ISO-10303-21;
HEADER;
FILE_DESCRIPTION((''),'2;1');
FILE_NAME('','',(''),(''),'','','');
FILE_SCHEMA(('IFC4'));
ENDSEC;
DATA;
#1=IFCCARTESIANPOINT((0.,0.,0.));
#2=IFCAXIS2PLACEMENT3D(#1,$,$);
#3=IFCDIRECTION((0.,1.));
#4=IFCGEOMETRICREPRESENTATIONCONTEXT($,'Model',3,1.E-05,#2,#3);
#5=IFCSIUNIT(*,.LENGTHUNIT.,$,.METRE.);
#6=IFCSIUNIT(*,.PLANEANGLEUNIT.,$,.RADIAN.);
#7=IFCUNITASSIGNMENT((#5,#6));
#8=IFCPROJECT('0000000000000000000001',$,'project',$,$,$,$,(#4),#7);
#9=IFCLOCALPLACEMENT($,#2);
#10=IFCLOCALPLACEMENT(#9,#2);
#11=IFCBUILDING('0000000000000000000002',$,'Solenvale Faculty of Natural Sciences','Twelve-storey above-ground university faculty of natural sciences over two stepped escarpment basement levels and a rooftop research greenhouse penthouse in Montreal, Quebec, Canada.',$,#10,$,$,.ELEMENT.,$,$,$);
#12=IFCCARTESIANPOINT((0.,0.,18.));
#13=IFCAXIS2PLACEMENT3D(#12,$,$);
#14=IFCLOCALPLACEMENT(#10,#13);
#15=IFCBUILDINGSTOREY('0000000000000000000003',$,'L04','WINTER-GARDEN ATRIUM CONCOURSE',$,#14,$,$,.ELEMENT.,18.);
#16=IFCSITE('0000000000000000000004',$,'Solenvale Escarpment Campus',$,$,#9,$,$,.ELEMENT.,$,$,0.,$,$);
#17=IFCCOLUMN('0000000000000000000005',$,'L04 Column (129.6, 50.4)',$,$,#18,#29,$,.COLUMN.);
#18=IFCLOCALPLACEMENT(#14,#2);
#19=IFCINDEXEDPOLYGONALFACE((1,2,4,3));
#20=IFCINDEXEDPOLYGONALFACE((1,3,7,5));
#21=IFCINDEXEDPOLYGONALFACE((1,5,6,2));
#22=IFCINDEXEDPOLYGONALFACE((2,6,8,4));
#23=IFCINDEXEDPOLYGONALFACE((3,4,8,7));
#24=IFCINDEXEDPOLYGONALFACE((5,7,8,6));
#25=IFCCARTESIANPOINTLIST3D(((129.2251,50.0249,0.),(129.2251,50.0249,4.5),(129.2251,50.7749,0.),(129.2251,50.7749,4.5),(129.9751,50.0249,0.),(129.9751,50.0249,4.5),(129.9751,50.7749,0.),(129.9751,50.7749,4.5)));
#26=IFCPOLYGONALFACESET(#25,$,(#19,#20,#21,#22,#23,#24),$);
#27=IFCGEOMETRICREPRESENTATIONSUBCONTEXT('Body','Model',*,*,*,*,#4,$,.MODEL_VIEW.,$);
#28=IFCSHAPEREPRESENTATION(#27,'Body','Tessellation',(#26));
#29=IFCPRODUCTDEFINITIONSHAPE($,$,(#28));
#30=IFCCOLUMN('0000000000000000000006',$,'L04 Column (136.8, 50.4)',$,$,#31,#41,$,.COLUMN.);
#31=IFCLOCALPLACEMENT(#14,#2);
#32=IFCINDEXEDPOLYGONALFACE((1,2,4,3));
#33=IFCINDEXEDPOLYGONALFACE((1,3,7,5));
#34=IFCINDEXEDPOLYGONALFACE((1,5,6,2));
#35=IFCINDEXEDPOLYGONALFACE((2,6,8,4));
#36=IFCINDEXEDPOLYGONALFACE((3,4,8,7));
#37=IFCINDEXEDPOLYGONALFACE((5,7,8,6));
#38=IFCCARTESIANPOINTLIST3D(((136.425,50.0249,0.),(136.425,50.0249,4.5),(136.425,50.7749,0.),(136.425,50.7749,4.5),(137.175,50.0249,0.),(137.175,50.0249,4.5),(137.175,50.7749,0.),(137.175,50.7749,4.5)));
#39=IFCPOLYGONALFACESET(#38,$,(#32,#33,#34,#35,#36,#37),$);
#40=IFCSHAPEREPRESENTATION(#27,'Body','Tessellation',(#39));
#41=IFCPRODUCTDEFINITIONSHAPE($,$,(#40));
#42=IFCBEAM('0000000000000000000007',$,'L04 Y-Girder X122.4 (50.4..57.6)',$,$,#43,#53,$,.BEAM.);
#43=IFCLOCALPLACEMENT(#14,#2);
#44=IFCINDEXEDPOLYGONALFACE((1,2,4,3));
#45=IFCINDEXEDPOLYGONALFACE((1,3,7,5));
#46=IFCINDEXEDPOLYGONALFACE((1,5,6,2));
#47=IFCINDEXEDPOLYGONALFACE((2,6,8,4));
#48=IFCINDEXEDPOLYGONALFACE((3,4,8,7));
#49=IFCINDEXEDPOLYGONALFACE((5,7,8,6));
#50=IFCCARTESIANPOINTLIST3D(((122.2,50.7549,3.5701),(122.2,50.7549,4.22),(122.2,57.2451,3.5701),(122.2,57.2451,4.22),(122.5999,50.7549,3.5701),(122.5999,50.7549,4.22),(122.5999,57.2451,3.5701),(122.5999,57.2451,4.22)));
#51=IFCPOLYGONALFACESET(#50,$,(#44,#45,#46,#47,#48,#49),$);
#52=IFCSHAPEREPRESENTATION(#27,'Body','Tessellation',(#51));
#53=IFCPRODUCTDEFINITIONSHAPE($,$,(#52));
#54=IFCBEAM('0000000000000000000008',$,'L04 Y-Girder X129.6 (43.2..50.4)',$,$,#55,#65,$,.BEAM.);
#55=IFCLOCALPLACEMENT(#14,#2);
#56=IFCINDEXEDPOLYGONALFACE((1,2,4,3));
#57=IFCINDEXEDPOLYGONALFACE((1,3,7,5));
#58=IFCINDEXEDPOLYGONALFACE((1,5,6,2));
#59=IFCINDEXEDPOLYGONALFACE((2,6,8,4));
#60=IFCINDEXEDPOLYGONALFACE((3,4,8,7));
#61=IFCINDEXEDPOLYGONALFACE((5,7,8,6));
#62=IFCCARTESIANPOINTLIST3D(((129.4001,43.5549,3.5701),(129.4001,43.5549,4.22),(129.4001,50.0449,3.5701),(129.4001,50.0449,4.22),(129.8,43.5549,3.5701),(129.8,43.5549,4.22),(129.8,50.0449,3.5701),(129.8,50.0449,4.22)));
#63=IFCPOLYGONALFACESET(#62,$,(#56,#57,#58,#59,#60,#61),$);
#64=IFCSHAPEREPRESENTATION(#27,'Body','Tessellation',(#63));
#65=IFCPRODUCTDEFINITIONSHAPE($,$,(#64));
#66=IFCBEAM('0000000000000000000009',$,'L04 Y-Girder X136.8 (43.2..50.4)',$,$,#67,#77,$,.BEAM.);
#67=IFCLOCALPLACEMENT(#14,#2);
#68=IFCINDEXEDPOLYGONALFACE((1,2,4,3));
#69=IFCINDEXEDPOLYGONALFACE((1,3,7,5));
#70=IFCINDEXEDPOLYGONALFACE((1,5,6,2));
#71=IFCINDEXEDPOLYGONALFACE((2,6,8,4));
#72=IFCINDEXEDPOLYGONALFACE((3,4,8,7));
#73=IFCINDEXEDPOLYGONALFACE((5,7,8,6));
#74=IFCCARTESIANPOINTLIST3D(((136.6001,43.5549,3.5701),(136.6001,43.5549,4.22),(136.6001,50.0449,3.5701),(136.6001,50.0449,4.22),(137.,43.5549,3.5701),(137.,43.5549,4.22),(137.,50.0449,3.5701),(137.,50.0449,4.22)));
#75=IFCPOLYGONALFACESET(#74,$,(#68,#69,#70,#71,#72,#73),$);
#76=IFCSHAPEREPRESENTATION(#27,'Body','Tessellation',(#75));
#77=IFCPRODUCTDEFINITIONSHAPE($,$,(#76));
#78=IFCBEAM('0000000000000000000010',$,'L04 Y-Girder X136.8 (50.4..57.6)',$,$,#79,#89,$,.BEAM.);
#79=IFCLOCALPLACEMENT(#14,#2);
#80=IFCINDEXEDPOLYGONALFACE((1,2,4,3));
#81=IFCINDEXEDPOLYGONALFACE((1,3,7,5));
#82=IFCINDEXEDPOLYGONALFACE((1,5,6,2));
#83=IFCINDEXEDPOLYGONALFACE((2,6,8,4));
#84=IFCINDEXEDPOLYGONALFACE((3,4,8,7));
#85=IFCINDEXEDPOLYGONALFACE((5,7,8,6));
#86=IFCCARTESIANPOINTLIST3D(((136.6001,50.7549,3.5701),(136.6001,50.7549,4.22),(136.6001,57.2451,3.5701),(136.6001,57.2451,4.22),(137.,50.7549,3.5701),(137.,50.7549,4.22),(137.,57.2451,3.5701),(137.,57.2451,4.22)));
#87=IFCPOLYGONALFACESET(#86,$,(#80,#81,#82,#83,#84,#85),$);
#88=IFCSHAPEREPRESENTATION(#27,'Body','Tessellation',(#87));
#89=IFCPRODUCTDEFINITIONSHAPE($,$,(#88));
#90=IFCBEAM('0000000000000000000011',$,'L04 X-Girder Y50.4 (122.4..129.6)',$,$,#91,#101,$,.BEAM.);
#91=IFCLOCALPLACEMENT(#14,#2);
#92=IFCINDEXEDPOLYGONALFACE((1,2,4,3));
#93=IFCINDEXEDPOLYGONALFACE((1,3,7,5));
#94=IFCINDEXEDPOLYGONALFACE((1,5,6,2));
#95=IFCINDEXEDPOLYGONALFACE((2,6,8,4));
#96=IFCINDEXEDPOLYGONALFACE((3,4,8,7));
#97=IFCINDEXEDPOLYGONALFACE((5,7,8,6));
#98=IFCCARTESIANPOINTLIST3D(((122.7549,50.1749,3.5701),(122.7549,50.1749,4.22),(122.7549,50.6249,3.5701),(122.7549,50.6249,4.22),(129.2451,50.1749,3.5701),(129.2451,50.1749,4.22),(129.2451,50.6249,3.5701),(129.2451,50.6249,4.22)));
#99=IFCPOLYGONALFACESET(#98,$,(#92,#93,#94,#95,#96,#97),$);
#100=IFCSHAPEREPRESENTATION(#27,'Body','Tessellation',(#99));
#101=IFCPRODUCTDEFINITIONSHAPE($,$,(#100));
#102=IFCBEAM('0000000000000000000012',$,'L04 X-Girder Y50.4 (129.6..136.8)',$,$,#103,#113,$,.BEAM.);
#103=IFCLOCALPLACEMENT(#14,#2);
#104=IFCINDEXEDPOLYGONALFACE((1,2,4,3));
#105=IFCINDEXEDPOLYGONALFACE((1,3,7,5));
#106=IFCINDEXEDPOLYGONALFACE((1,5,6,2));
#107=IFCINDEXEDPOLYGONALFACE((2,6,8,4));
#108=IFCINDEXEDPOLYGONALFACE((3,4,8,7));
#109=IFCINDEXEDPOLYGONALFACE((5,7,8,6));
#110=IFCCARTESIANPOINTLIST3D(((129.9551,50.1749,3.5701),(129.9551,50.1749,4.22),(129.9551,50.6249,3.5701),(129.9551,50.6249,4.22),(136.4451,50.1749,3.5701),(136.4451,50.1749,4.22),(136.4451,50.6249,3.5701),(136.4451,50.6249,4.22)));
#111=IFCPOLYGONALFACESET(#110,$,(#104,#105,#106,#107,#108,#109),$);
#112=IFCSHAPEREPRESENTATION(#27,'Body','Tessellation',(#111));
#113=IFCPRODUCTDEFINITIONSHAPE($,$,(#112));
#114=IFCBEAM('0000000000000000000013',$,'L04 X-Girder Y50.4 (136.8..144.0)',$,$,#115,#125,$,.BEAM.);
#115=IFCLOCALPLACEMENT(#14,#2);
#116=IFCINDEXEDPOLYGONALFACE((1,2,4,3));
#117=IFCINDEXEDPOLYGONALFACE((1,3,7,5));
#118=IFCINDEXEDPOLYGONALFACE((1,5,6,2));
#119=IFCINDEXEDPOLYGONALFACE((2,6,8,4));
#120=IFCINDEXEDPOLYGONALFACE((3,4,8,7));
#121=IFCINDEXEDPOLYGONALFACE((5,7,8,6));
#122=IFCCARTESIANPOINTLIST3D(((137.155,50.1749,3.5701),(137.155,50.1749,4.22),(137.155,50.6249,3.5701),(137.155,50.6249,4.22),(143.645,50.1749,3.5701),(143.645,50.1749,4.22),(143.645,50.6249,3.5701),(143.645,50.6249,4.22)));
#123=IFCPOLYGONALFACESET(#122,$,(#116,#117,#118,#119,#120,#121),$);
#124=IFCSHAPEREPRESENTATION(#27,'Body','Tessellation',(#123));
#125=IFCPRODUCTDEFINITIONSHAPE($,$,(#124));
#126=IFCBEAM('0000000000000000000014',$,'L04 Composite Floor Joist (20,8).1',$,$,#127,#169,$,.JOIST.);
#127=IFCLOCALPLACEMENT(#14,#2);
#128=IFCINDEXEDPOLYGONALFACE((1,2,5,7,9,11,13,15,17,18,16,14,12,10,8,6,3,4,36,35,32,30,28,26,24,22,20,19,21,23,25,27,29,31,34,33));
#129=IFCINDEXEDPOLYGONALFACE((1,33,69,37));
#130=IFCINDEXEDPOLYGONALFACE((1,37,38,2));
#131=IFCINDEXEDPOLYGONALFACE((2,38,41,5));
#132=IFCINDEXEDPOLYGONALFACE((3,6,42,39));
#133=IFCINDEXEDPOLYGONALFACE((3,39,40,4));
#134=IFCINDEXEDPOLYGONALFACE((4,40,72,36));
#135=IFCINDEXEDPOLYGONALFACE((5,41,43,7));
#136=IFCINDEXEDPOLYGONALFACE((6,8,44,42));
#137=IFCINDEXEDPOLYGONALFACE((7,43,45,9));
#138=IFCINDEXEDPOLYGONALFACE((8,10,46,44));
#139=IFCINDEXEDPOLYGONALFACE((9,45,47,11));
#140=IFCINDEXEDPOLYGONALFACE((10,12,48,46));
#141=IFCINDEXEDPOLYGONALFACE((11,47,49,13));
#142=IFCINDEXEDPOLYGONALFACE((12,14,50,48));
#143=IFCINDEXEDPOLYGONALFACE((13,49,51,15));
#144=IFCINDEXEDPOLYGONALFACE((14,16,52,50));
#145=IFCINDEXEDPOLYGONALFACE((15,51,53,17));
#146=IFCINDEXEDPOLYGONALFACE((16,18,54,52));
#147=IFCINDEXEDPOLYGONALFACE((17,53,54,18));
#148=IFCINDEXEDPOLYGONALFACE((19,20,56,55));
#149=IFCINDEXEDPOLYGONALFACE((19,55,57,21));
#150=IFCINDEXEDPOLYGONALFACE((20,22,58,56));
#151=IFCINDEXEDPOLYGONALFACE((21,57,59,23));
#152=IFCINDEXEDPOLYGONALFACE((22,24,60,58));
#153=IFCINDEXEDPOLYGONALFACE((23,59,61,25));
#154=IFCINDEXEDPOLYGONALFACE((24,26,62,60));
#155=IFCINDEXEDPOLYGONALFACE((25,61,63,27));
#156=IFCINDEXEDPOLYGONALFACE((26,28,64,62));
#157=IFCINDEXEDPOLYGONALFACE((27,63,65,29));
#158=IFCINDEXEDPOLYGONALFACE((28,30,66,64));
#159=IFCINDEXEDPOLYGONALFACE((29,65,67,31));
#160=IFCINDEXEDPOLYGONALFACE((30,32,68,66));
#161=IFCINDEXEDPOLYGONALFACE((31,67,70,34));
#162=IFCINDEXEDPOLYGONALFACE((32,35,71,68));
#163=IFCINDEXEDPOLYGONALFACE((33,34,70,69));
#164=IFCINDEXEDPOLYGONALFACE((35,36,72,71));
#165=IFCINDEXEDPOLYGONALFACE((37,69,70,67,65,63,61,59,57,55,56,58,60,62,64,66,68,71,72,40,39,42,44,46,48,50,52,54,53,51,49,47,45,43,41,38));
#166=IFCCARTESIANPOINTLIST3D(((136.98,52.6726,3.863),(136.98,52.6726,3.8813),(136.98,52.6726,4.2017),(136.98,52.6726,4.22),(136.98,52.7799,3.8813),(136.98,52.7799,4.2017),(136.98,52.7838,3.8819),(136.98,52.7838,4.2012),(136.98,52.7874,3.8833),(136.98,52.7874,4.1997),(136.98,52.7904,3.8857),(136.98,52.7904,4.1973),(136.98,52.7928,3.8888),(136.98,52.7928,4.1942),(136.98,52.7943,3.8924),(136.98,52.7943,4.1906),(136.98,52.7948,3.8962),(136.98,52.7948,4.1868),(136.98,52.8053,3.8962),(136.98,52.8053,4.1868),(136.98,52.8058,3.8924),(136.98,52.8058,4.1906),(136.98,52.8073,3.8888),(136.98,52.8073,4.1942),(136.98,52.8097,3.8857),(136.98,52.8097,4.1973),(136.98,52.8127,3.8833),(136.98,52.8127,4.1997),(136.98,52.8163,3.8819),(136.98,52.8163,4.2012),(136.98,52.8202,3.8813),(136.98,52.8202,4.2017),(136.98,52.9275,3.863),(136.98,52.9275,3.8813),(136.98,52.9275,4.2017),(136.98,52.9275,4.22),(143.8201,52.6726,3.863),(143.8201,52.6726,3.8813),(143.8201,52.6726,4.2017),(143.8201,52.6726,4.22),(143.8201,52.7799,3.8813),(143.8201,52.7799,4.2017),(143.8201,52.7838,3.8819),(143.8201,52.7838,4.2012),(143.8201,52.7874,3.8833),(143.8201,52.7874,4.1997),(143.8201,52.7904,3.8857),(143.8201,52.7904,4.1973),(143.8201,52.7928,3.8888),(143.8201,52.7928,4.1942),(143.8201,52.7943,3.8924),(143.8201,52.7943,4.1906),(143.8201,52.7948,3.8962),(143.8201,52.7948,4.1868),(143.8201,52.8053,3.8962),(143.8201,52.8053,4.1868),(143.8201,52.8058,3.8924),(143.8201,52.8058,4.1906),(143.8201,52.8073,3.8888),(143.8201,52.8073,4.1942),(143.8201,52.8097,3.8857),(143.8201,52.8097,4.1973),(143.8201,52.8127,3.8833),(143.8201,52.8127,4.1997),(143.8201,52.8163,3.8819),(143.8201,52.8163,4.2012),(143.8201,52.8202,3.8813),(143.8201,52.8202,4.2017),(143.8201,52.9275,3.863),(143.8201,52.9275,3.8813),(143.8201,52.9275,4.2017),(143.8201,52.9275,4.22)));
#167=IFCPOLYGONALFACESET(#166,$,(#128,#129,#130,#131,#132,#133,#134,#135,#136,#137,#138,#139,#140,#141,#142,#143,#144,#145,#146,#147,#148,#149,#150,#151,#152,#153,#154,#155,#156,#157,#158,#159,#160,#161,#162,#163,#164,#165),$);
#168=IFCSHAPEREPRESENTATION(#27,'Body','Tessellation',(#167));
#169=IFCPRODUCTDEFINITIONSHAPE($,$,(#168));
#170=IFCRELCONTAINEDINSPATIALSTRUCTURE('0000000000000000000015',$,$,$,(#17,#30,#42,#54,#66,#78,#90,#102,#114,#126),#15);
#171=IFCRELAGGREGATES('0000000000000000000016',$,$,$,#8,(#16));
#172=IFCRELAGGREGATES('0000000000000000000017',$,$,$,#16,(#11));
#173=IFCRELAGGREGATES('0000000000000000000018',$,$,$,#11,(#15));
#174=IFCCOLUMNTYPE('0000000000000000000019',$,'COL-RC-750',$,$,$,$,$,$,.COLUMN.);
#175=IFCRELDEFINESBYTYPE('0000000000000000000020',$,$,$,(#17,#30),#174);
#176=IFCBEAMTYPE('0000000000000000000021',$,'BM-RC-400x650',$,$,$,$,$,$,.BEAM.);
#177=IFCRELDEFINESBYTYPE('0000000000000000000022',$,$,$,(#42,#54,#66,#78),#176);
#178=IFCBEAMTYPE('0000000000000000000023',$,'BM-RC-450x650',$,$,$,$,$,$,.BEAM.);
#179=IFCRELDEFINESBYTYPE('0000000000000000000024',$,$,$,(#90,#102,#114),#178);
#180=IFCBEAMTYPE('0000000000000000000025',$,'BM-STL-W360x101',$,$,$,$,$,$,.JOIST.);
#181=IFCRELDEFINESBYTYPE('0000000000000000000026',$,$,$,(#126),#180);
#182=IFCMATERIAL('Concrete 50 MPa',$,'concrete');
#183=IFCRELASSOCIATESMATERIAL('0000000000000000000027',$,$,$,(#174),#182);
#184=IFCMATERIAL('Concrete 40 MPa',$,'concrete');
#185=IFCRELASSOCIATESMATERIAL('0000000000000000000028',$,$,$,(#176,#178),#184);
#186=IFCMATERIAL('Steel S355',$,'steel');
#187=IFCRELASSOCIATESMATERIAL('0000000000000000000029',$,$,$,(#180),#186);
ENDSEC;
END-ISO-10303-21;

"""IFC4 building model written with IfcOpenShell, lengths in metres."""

from ifc_helpers import new_model, si_unit, direction, frame, origin, origin_2d, place, context, subcontext, project, spatial, rectangle, i_section, extrude, material, material_profile, profile_set, type_object, element, save


model = new_model("IFC4")

# Units and contexts
model_context = context("Model", 3, precision=1e-05, world=origin(), true_north=direction((0.0, 1.0)))
body_context = subcontext(model_context, "Body", "Model", "MODEL_VIEW")
ifc_project = project(units=[si_unit("LENGTHUNIT", "METRE"), si_unit("PLANEANGLEUNIT", "RADIAN")], contexts=[model_context])

# Site, building, storey
site_placement = place(None, origin())
site = spatial("IfcSite", under=ifc_project, at=site_placement, Name="Solenvale Escarpment Campus", CompositionType="ELEMENT", RefElevation=0.0)
building_placement = place(site_placement, origin())
building = spatial("IfcBuilding", under=site, at=building_placement, Name="Solenvale Faculty of Natural Sciences", Description="Twelve-storey above-ground university faculty of natural sciences over two stepped escarpment basement levels and a rooftop research greenhouse penthouse in Montreal, Quebec, Canada.", CompositionType="ELEMENT")
storey_placement = place(building_placement, frame((0.0, 0.0, 18.0)))
storey = spatial("IfcBuildingStorey", under=building, at=storey_placement, Name="L04", Description="WINTER-GARDEN ATRIUM CONCOURSE", CompositionType="ELEMENT", Elevation=18.0)

# Columns
ifc_material_1 = material(Name="Concrete 50 MPa", Category="concrete")
ifc_material_profile_1 = material_profile(ifc_material_1, rectangle(XDim=0.75, YDim=0.75, at=origin_2d()), Name="RC-COL-750x750")
ifc_profile_set_1 = profile_set([ifc_material_profile_1], Name="Concrete 50 MPa")
column_type = type_object("IfcColumnType", Name="COL-RC-750", PredefinedType="COLUMN", material=ifc_profile_set_1)
for number, where, z_axis, x_axis, name in (
    (1, (129.6001, 50.3999, 0.0), (0.0, 0.0, 1.0), (1.0, 0.0, 0.0), "L04 Column (129.6, 50.4)"),
    (2, (136.8, 50.3999, 0.0), (0.0, 0.0, 1.0), (1.0, 0.0, 0.0), "L04 Column (136.8, 50.4)"),
):
    element("IfcColumn", number, at=place(storey_placement, frame(where, z_axis=z_axis, x_axis=x_axis)), inside=storey, type_object=column_type, Name=name, PredefinedType="COLUMN", context=body_context, shape_type="SweptSolid", body=[
        extrude(rectangle(XDim=0.75, YDim=0.75, at=origin_2d()), origin(), (0.0, 0.0, 1.0), 4.5),
    ])

# Beams
ifc_material_2 = material(Name="Concrete 40 MPa", Category="concrete")
ifc_material_profile_2 = material_profile(ifc_material_2, rectangle(XDim=0.3999, YDim=0.6499, at=origin_2d()), Name="RC-BM-400x650")
ifc_profile_set_2 = profile_set([ifc_material_profile_2], Name="Concrete 40 MPa")
beam_type_1 = type_object("IfcBeamType", Name="BM-RC-400x650", PredefinedType="BEAM", material=ifc_profile_set_2)
beam_1_placement = place(storey_placement, frame((122.3999, 50.7549, 3.895), z_axis=(0.0, 1.0, 0.0), x_axis=(-1.0, 0.0, 0.0)))
element("IfcBeam", 3, at=beam_1_placement, inside=storey, type_object=beam_type_1, Name="L04 Y-Girder X122.4 (50.4..57.6)", PredefinedType="BEAM", context=body_context, shape_type="SweptSolid", body=[
    extrude(rectangle(XDim=0.3999, YDim=0.6499, at=origin_2d()), origin(), (0.0, 0.0, 1.0), 6.4902),
])
for number, where, z_axis, x_axis, name in (
    (4, (129.6001, 43.5549, 3.895), (0.0, 1.0, 0.0), (-1.0, 0.0, 0.0), "L04 Y-Girder X129.6 (43.2..50.4)"),
    (5, (136.8, 43.5549, 3.895), (0.0, 1.0, 0.0), (-1.0, 0.0, 0.0), "L04 Y-Girder X136.8 (43.2..50.4)"),
):
    element("IfcBeam", number, at=place(storey_placement, frame(where, z_axis=z_axis, x_axis=x_axis)), inside=storey, type_object=beam_type_1, Name=name, PredefinedType="BEAM", context=body_context, shape_type="SweptSolid", body=[
        extrude(rectangle(XDim=0.3999, YDim=0.6499, at=origin_2d()), origin(), (0.0, 0.0, 1.0), 6.49),
    ])
beam_2_placement = place(storey_placement, frame((136.8, 50.7549, 3.895), z_axis=(0.0, 1.0, 0.0), x_axis=(-1.0, 0.0, 0.0)))
element("IfcBeam", 6, at=beam_2_placement, inside=storey, type_object=beam_type_1, Name="L04 Y-Girder X136.8 (50.4..57.6)", PredefinedType="BEAM", context=body_context, shape_type="SweptSolid", body=[
    extrude(rectangle(XDim=0.3999, YDim=0.6499, at=origin_2d()), origin(), (0.0, 0.0, 1.0), 6.4902),
])
ifc_material_profile_3 = material_profile(ifc_material_2, rectangle(XDim=0.45, YDim=0.6499, at=origin_2d()), Name="RC-BM-450x650")
ifc_profile_set_3 = profile_set([ifc_material_profile_3], Name="Concrete 40 MPa")
beam_type_2 = type_object("IfcBeamType", Name="BM-RC-450x650", PredefinedType="BEAM", material=ifc_profile_set_3)
beam_3_placement = place(storey_placement, frame((122.7549, 50.3999, 3.895), z_axis=(1.0, 0.0, 0.0), x_axis=(0.0, 1.0, 0.0)))
element("IfcBeam", 7, at=beam_3_placement, inside=storey, type_object=beam_type_2, Name="L04 X-Girder Y50.4 (122.4..129.6)", PredefinedType="BEAM", context=body_context, shape_type="SweptSolid", body=[
    extrude(rectangle(XDim=0.45, YDim=0.6499, at=origin_2d()), origin(), (0.0, 0.0, 1.0), 6.4902),
])
for number, where, z_axis, x_axis, name in (
    (8, (129.9551, 50.3999, 3.895), (1.0, 0.0, 0.0), (0.0, 1.0, 0.0), "L04 X-Girder Y50.4 (129.6..136.8)"),
    (9, (137.155, 50.3999, 3.895), (1.0, 0.0, 0.0), (0.0, 1.0, 0.0), "L04 X-Girder Y50.4 (136.8..144.0)"),
):
    element("IfcBeam", number, at=place(storey_placement, frame(where, z_axis=z_axis, x_axis=x_axis)), inside=storey, type_object=beam_type_2, Name=name, PredefinedType="BEAM", context=body_context, shape_type="SweptSolid", body=[
        extrude(rectangle(XDim=0.45, YDim=0.6499, at=origin_2d()), origin(), (0.0, 0.0, 1.0), 6.49),
    ])
ifc_material_3 = material(Name="Steel S355", Category="steel")
ifc_material_profile_4 = material_profile(ifc_material_3, i_section(OverallWidth=0.2549, OverallDepth=0.3569, WebThickness=0.0105, FlangeThickness=0.0183, FilletRadius=0.0149, at=origin_2d()), Name="W360x101")
ifc_profile_set_4 = profile_set([ifc_material_profile_4], Name="Steel S355")
beam_type_3 = type_object("IfcBeamType", Name="BM-STL-W360x101", PredefinedType="JOIST", material=ifc_profile_set_4)
for number, where, z_axis, x_axis, name in (
    (10, (136.98, 52.8, 4.0415), (1.0, 0.0, 0.0), (0.0, 1.0, 0.0), "L04 Composite Floor Joist (20,8).1"),
):
    element("IfcBeam", number, at=place(storey_placement, frame(where, z_axis=z_axis, x_axis=x_axis)), inside=storey, type_object=beam_type_3, Name=name, PredefinedType="JOIST", context=body_context, shape_type="SweptSolid", body=[
        extrude(i_section(OverallWidth=0.2549, OverallDepth=0.3569, WebThickness=0.0105, FlangeThickness=0.0183, FilletRadius=0.0149, at=origin_2d()), origin(), (0.0, 0.0, 1.0), 6.8401),
    ])

save(model, "model.ifc")
